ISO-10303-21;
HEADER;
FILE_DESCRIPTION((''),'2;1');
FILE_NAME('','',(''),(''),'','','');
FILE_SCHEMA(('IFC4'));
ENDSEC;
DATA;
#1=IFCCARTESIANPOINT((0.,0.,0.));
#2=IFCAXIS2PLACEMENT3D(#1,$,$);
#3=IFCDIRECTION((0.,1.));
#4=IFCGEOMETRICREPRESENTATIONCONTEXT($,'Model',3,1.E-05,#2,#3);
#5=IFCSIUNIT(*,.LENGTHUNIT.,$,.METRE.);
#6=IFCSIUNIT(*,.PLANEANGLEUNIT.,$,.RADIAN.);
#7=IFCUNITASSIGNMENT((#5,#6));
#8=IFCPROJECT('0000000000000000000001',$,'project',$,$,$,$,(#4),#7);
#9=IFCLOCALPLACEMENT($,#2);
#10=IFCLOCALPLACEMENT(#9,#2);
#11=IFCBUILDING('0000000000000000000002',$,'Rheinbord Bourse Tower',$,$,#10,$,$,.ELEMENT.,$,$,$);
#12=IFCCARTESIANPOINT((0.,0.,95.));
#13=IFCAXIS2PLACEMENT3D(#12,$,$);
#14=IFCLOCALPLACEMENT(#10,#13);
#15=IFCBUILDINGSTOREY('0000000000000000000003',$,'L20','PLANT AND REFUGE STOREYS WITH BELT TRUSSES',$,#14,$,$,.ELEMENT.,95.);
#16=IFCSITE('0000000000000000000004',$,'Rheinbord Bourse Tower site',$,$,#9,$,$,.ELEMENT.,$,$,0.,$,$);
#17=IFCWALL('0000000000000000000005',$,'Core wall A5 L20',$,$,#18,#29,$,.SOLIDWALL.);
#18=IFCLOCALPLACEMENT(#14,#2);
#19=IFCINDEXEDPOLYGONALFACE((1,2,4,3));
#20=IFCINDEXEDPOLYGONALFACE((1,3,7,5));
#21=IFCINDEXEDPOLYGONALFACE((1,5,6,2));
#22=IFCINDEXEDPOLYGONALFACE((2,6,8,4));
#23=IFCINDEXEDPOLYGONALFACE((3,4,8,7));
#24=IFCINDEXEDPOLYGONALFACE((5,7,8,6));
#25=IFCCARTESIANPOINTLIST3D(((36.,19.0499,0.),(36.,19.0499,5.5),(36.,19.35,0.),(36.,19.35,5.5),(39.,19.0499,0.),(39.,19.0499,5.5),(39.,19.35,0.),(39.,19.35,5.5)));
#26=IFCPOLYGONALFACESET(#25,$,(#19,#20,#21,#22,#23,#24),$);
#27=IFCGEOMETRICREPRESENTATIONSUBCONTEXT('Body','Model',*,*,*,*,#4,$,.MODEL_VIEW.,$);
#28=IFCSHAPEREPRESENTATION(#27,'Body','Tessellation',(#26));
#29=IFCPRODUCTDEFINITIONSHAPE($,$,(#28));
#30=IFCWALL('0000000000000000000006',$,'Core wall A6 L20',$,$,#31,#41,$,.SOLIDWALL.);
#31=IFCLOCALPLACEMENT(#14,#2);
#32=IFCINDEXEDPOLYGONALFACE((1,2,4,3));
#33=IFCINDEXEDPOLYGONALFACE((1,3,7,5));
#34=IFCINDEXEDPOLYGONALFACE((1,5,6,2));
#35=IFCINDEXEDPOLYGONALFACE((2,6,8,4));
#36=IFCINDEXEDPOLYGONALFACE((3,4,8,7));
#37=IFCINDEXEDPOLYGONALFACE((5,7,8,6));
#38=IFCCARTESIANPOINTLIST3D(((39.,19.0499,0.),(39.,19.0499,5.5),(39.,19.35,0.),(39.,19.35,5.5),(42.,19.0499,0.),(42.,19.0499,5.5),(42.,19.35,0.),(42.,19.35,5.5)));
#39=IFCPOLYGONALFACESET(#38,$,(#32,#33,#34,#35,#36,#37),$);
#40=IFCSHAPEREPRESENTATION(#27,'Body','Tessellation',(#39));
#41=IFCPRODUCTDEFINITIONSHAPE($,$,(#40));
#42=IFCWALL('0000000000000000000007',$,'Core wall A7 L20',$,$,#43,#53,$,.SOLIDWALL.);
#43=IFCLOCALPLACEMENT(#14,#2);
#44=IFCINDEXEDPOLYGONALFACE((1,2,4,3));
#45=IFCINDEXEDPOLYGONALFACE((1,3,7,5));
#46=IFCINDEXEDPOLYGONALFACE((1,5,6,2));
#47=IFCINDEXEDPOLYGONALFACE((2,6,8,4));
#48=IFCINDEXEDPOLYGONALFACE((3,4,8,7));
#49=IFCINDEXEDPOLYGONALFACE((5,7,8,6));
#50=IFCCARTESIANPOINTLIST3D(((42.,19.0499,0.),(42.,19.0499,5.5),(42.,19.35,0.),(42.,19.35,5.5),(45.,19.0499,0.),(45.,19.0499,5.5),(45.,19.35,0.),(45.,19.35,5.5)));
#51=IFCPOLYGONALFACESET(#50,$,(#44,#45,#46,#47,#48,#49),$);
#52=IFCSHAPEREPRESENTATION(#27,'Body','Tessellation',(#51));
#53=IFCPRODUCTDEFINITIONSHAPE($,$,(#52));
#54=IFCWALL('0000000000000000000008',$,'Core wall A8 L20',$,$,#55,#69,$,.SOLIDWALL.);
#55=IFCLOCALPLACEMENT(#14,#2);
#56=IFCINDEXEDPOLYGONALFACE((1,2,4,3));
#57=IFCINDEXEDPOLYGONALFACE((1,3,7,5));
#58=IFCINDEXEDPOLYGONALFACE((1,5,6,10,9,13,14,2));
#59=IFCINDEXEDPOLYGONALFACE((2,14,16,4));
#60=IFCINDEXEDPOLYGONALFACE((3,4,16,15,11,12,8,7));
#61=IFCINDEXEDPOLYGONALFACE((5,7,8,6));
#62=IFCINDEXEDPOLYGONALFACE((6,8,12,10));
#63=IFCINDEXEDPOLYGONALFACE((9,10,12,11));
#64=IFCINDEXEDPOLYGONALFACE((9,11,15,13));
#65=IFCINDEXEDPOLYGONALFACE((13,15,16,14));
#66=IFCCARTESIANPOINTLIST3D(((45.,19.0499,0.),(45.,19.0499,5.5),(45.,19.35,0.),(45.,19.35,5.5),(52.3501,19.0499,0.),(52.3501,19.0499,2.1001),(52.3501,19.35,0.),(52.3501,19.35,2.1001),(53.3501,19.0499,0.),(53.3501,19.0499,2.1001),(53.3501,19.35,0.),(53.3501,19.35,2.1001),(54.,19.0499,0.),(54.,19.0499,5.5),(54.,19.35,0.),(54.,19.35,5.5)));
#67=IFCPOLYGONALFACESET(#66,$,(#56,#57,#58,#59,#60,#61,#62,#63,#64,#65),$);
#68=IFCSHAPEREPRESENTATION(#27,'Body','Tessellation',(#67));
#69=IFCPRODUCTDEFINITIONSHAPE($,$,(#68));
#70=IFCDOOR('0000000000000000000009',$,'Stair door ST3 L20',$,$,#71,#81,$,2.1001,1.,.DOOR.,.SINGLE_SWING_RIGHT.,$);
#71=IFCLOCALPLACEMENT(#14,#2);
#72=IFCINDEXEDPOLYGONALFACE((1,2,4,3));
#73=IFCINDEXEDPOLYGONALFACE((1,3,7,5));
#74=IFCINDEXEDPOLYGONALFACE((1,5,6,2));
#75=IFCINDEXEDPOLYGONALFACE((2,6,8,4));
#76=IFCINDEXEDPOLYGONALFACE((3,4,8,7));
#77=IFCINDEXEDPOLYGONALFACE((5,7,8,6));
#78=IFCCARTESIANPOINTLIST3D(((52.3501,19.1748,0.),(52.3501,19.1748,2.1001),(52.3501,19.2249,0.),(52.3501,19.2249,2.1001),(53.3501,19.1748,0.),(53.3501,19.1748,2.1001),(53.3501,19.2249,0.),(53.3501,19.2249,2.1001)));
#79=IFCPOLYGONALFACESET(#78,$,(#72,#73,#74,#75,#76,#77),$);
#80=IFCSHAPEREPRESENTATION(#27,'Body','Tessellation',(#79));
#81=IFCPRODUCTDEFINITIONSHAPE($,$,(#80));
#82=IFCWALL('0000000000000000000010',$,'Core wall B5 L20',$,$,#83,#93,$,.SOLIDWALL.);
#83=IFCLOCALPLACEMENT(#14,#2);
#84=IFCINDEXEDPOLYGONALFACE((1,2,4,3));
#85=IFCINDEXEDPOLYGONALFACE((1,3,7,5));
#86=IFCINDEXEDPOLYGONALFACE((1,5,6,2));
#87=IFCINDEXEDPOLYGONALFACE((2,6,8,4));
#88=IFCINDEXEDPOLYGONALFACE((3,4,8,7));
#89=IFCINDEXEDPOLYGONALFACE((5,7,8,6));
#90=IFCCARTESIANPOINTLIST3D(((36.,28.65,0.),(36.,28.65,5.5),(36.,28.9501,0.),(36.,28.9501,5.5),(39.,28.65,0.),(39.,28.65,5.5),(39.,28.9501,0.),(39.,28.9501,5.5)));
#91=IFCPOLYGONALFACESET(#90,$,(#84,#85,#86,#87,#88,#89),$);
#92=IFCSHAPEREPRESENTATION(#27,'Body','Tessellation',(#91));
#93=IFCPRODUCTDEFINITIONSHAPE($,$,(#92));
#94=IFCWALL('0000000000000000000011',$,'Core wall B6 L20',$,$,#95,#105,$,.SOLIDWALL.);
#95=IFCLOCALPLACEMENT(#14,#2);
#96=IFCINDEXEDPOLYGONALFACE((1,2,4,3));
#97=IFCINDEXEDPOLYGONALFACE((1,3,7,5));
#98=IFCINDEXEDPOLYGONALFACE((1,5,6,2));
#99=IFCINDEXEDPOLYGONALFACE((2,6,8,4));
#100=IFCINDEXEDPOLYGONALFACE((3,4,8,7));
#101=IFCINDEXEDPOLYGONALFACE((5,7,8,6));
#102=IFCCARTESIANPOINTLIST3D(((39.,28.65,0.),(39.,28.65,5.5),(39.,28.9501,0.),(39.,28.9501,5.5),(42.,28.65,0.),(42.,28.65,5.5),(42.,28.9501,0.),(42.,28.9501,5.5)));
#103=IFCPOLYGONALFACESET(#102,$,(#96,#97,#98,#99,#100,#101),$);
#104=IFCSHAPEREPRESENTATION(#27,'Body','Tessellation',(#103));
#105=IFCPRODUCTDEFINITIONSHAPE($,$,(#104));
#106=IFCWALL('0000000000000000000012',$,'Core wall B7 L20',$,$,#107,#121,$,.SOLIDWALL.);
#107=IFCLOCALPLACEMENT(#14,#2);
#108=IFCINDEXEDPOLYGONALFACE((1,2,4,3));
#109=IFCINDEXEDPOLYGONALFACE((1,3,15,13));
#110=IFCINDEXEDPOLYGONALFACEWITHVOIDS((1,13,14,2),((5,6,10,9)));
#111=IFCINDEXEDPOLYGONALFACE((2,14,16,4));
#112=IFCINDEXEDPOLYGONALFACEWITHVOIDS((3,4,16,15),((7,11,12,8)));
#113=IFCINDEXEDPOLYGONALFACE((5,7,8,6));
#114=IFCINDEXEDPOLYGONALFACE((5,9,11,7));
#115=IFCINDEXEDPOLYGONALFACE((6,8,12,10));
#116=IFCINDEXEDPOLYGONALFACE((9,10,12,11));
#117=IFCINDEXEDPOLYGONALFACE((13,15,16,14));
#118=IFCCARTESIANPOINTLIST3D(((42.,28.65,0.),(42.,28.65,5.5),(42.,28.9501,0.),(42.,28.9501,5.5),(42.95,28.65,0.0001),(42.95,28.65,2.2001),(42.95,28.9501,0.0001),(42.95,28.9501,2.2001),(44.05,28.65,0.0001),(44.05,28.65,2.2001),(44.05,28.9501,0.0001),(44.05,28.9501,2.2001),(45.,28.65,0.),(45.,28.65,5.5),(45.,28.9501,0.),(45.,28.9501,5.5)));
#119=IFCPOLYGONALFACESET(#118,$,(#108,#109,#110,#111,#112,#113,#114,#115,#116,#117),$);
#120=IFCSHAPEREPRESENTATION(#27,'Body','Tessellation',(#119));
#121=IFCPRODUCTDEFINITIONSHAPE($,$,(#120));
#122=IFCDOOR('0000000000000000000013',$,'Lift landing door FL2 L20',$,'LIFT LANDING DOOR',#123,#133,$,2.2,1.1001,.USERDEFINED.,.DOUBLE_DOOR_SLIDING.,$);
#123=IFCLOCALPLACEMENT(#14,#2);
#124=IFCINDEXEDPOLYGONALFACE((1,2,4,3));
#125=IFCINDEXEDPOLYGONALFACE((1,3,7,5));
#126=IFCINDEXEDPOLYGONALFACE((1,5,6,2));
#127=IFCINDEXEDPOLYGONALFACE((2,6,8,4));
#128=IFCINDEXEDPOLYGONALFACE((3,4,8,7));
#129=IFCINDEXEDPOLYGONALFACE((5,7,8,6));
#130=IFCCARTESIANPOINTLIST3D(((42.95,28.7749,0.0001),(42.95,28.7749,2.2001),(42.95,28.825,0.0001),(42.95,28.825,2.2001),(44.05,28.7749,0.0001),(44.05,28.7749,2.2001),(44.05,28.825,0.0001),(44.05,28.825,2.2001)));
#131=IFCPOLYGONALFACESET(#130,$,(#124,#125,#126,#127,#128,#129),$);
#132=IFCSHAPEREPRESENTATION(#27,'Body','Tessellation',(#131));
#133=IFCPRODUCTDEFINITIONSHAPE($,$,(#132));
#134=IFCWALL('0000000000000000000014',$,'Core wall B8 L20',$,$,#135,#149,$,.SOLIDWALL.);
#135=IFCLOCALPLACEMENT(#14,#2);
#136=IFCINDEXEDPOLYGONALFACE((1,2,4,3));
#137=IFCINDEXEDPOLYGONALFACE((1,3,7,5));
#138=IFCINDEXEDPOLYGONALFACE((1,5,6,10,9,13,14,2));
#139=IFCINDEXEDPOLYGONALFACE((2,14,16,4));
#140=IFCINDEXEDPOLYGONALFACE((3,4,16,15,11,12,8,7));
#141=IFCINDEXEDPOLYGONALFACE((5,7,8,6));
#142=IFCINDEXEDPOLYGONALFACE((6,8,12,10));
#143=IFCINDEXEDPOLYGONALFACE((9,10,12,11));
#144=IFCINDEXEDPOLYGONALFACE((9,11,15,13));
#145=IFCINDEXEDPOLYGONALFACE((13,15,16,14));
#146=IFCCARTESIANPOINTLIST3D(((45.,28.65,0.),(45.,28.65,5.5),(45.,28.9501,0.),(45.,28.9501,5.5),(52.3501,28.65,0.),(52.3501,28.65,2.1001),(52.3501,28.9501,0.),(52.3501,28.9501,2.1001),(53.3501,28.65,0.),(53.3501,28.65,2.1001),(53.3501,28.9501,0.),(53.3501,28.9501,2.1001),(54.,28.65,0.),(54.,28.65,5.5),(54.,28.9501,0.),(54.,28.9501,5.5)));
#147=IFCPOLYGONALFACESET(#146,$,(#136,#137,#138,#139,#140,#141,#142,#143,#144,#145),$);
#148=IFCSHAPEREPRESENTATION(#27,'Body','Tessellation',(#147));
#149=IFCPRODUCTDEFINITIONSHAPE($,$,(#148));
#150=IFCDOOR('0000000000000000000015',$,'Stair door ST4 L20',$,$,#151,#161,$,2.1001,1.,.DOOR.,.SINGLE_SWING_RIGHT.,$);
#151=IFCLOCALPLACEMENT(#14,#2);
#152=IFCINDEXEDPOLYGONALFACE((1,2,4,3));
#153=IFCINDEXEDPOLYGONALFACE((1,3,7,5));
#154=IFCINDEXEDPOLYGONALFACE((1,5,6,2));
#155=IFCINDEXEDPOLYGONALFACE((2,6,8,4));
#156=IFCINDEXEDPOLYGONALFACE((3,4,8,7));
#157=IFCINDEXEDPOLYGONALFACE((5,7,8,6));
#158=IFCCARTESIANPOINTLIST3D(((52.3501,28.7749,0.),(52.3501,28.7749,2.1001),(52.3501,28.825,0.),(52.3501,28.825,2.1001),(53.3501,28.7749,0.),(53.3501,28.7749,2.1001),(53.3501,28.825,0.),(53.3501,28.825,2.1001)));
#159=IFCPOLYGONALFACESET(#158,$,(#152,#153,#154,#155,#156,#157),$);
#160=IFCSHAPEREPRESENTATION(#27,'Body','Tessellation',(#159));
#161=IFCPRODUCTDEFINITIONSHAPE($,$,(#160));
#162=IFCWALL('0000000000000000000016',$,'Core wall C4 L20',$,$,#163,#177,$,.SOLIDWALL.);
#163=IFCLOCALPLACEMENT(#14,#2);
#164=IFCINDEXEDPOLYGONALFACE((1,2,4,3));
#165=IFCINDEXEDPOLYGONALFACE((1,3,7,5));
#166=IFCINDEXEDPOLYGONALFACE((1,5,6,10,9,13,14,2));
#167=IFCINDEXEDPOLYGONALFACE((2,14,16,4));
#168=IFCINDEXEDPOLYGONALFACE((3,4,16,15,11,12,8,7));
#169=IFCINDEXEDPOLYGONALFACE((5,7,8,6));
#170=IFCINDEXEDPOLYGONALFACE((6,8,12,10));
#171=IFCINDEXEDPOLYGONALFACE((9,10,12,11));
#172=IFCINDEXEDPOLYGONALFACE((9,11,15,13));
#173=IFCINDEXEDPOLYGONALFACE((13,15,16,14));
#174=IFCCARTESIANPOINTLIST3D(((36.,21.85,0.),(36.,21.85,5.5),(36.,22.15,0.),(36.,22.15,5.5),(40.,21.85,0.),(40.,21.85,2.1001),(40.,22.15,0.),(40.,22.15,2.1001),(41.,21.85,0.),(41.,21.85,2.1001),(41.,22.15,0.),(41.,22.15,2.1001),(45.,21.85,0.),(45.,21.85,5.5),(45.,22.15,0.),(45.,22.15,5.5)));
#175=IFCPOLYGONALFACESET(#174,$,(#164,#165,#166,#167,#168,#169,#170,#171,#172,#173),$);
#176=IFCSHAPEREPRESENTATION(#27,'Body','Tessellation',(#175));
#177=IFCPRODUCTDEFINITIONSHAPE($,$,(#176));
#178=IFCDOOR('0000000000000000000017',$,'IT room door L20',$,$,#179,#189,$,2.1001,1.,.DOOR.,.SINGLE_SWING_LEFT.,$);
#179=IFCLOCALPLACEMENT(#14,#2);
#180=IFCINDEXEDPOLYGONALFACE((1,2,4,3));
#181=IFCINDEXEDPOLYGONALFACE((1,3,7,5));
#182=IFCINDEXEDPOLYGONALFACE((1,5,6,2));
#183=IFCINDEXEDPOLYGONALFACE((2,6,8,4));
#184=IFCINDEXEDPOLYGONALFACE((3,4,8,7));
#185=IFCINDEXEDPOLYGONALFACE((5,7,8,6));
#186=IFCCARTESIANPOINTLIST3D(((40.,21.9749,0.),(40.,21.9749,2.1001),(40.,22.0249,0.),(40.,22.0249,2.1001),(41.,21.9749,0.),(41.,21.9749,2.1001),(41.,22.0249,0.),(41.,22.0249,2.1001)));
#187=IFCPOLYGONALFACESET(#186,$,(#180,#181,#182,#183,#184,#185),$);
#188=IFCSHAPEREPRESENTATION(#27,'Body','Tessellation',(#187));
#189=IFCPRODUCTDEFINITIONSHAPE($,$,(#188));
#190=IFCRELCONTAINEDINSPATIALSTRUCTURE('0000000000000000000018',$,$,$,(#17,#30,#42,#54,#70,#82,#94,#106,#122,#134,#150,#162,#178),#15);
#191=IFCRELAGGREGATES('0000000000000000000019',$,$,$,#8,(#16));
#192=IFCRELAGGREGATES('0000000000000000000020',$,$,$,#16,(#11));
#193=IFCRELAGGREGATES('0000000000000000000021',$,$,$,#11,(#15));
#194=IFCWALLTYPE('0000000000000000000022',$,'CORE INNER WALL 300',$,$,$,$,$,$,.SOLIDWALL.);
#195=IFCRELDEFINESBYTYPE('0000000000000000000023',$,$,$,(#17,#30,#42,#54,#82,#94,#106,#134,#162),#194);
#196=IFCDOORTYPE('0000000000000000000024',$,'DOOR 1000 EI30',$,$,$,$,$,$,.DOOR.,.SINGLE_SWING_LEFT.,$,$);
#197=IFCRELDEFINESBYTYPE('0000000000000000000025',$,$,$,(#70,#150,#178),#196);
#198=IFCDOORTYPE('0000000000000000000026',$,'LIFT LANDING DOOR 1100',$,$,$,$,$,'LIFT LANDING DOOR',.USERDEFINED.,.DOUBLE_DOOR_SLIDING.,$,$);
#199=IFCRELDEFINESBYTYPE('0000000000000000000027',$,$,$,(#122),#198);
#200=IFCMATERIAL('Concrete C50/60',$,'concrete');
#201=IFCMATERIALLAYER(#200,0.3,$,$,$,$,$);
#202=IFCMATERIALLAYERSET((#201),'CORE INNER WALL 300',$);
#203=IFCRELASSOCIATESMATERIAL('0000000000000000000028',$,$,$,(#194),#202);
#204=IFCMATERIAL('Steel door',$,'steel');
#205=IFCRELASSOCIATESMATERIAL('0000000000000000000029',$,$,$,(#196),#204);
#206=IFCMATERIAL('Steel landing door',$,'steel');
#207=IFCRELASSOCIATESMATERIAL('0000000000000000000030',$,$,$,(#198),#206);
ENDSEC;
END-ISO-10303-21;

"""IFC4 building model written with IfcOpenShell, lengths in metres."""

from ifc_helpers import new_model, si_unit, direction, frame, frame_2d, origin, place, context, subcontext, project, spatial, rectangle, extrude, material, layer, layer_set, type_object, element, fill, save


model = new_model("IFC4")

# Units and contexts
model_context = context("Model", 3, precision=1e-05, world=origin(), true_north=direction((0.0, 1.0)))
body_context = subcontext(model_context, "Body", "Model", "MODEL_VIEW")
ifc_project = project(units=[si_unit("LENGTHUNIT", "METRE"), si_unit("PLANEANGLEUNIT", "RADIAN")], contexts=[model_context])

# Site, building, storey
site_placement = place(None, origin())
site = spatial("IfcSite", under=ifc_project, at=site_placement, Name="Rheinbord Bourse Tower site", CompositionType="ELEMENT", RefElevation=0.0)
building_placement = place(site_placement, origin())
building = spatial("IfcBuilding", under=site, at=building_placement, Name="Rheinbord Bourse Tower", CompositionType="ELEMENT")
storey_placement = place(building_placement, frame((0.0, 0.0, 95.0)))
storey = spatial("IfcBuildingStorey", under=building, at=storey_placement, Name="L20", Description="PLANT AND REFUGE STOREYS WITH BELT TRUSSES", CompositionType="ELEMENT", Elevation=95.0)

# Walls
ifc_material_1 = material(Name="Concrete C50/60", Category="concrete")
ifc_layer_1 = layer(ifc_material_1, 0.3)
ifc_layer_set_1 = layer_set([ifc_layer_1], Name="CORE INNER WALL 300")
wall_type_1 = type_object("IfcWallType", Name="CORE INNER WALL 300", PredefinedType="SOLIDWALL", material=ifc_layer_set_1)
for number, where, z_axis, x_axis, name in (
    (1, (36.0, 19.2, 0.0), (0.0, 0.0, 1.0), (1.0, 0.0, 0.0), "Core wall A5 L20"),
    (2, (39.0, 19.2, 0.0), (0.0, 0.0, 1.0), (1.0, 0.0, 0.0), "Core wall A6 L20"),
    (3, (42.0, 19.2, 0.0), (0.0, 0.0, 1.0), (1.0, 0.0, 0.0), "Core wall A7 L20"),
):
    element("IfcWall", number, at=place(storey_placement, frame(where, z_axis=z_axis, x_axis=x_axis)), inside=storey, type_object=wall_type_1, Name=name, PredefinedType="SOLIDWALL", context=body_context, shape_type="SweptSolid", body=[
        extrude(rectangle(XDim=3.0, YDim=0.3, at=frame_2d((1.5, 0.0))), origin(), (0.0, 0.0, 1.0), 5.5),
    ])

# Wall, opening, door
wall_1_placement = place(storey_placement, frame((45.0, 19.2, 0.0), z_axis=(0.0, 0.0, 1.0), x_axis=(1.0, 0.0, 0.0)))
wall_1 = element("IfcWall", 4, at=wall_1_placement, inside=storey, type_object=wall_type_1, Name="Core wall A8 L20", PredefinedType="SOLIDWALL", context=body_context, shape_type="SweptSolid", body=[
    extrude(rectangle(XDim=9.0, YDim=0.3, at=frame_2d((4.5, 0.0))), origin(), (0.0, 0.0, 1.0), 5.5),
])
opening_1_placement = place(wall_1_placement, frame((7.3501, 0.0, 0.0)))
opening_1 = element("IfcOpeningElement", 5, at=opening_1_placement, cuts=wall_1, PredefinedType="OPENING", context=body_context, shape_type="SweptSolid", body=[
    extrude(rectangle(XDim=1.0, YDim=2.1001, at=frame_2d((0.5, 1.05))), frame((0.0, 0.1599, 0.0), z_axis=(0.0, -1.0, 0.0), x_axis=(1.0, 0.0, 0.0)), (0.0, 0.0, 1.0), 0.3201),
])
ifc_material_2 = material(Name="Steel door", Category="steel")
door_type_1 = type_object("IfcDoorType", Name="DOOR 1000 EI30", OperationType="SINGLE_SWING_LEFT", PredefinedType="DOOR", material=ifc_material_2)
door_1_placement = place(opening_1_placement, origin())
door_1 = element("IfcDoor", 6, at=door_1_placement, inside=storey, type_object=door_type_1, Name="Stair door ST3 L20", OperationType="SINGLE_SWING_RIGHT", OverallHeight=2.1001, OverallWidth=1.0, PredefinedType="DOOR", context=body_context, shape_type="SweptSolid", body=[
    extrude(rectangle(XDim=1.0, YDim=2.1001, at=frame_2d((0.5, 1.05))), frame((0.0, 0.0249, 0.0), z_axis=(0.0, -1.0, 0.0), x_axis=(1.0, 0.0, 0.0)), (0.0, 0.0, 1.0), 0.05),
])
fill(opening_1, door_1)

# Walls
for number, where, z_axis, x_axis, name in (
    (7, (36.0, 28.8, 0.0), (0.0, 0.0, 1.0), (1.0, 0.0, 0.0), "Core wall B5 L20"),
    (8, (39.0, 28.8, 0.0), (0.0, 0.0, 1.0), (1.0, 0.0, 0.0), "Core wall B6 L20"),
):
    element("IfcWall", number, at=place(storey_placement, frame(where, z_axis=z_axis, x_axis=x_axis)), inside=storey, type_object=wall_type_1, Name=name, PredefinedType="SOLIDWALL", context=body_context, shape_type="SweptSolid", body=[
        extrude(rectangle(XDim=3.0, YDim=0.3, at=frame_2d((1.5, 0.0))), origin(), (0.0, 0.0, 1.0), 5.5),
    ])

# Walls, openings, doors
wall_2_placement = place(storey_placement, frame((42.0, 28.8, 0.0), z_axis=(0.0, 0.0, 1.0), x_axis=(1.0, 0.0, 0.0)))
wall_2 = element("IfcWall", 9, at=wall_2_placement, inside=storey, type_object=wall_type_1, Name="Core wall B7 L20", PredefinedType="SOLIDWALL", context=body_context, shape_type="SweptSolid", body=[
    extrude(rectangle(XDim=3.0, YDim=0.3, at=frame_2d((1.5, 0.0))), origin(), (0.0, 0.0, 1.0), 5.5),
])
opening_2_placement = place(wall_2_placement, frame((0.95, 0.0, 0.0)))
opening_2 = element("IfcOpeningElement", 10, at=opening_2_placement, cuts=wall_2, PredefinedType="OPENING", context=body_context, shape_type="SweptSolid", body=[
    extrude(rectangle(XDim=1.1001, YDim=2.2, at=frame_2d((0.55, 1.1001))), frame((0.0, 0.1599, 0.0), z_axis=(0.0, -1.0, 0.0), x_axis=(1.0, 0.0, 0.0)), (0.0, 0.0, 1.0), 0.3201),
])
ifc_material_3 = material(Name="Steel landing door", Category="steel")
door_type_2 = type_object("IfcDoorType", Name="LIFT LANDING DOOR 1100", ElementType="LIFT LANDING DOOR", OperationType="DOUBLE_DOOR_SLIDING", PredefinedType="USERDEFINED", material=ifc_material_3)
door_2_placement = place(opening_2_placement, origin())
door_2 = element("IfcDoor", 11, at=door_2_placement, inside=storey, type_object=door_type_2, Name="Lift landing door FL2 L20", ObjectType="LIFT LANDING DOOR", OperationType="DOUBLE_DOOR_SLIDING", OverallHeight=2.2, OverallWidth=1.1001, PredefinedType="USERDEFINED", context=body_context, shape_type="SweptSolid", body=[
    extrude(rectangle(XDim=1.1001, YDim=2.2, at=frame_2d((0.55, 1.1001))), frame((0.0, 0.0249, 0.0), z_axis=(0.0, -1.0, 0.0), x_axis=(1.0, 0.0, 0.0)), (0.0, 0.0, 1.0), 0.05),
])
fill(opening_2, door_2)
wall_3_placement = place(storey_placement, frame((45.0, 28.8, 0.0), z_axis=(0.0, 0.0, 1.0), x_axis=(1.0, 0.0, 0.0)))
wall_3 = element("IfcWall", 12, at=wall_3_placement, inside=storey, type_object=wall_type_1, Name="Core wall B8 L20", PredefinedType="SOLIDWALL", context=body_context, shape_type="SweptSolid", body=[
    extrude(rectangle(XDim=9.0, YDim=0.3, at=frame_2d((4.5, 0.0))), origin(), (0.0, 0.0, 1.0), 5.5),
])
opening_3_placement = place(wall_3_placement, frame((7.3501, 0.0, 0.0)))
opening_3 = element("IfcOpeningElement", 13, at=opening_3_placement, cuts=wall_3, PredefinedType="OPENING", context=body_context, shape_type="SweptSolid", body=[
    extrude(rectangle(XDim=1.0, YDim=2.1001, at=frame_2d((0.5, 1.05))), frame((0.0, 0.1599, 0.0), z_axis=(0.0, -1.0, 0.0), x_axis=(1.0, 0.0, 0.0)), (0.0, 0.0, 1.0), 0.3201),
])
door_3_placement = place(opening_3_placement, origin())
door_3 = element("IfcDoor", 14, at=door_3_placement, inside=storey, type_object=door_type_1, Name="Stair door ST4 L20", OperationType="SINGLE_SWING_RIGHT", OverallHeight=2.1001, OverallWidth=1.0, PredefinedType="DOOR", context=body_context, shape_type="SweptSolid", body=[
    extrude(rectangle(XDim=1.0, YDim=2.1001, at=frame_2d((0.5, 1.05))), frame((0.0, 0.0249, 0.0), z_axis=(0.0, -1.0, 0.0), x_axis=(1.0, 0.0, 0.0)), (0.0, 0.0, 1.0), 0.05),
])
fill(opening_3, door_3)
wall_4_placement = place(storey_placement, frame((36.0, 22.0, 0.0), z_axis=(0.0, 0.0, 1.0), x_axis=(1.0, 0.0, 0.0)))
wall_4 = element("IfcWall", 15, at=wall_4_placement, inside=storey, type_object=wall_type_1, Name="Core wall C4 L20", PredefinedType="SOLIDWALL", context=body_context, shape_type="SweptSolid", body=[
    extrude(rectangle(XDim=9.0, YDim=0.3, at=frame_2d((4.5, 0.0))), origin(), (0.0, 0.0, 1.0), 5.5),
])
opening_4_placement = place(wall_4_placement, frame((4.0, 0.0, 0.0)))
opening_4 = element("IfcOpeningElement", 16, at=opening_4_placement, cuts=wall_4, PredefinedType="OPENING", context=body_context, shape_type="SweptSolid", body=[
    extrude(rectangle(XDim=1.0, YDim=2.1001, at=frame_2d((0.5, 1.05))), frame((0.0, 0.1599, 0.0), z_axis=(0.0, -1.0, 0.0), x_axis=(1.0, 0.0, 0.0)), (0.0, 0.0, 1.0), 0.3201),
])
door_4_placement = place(opening_4_placement, origin())
door_4 = element("IfcDoor", 17, at=door_4_placement, inside=storey, type_object=door_type_1, Name="IT room door L20", OperationType="SINGLE_SWING_LEFT", OverallHeight=2.1001, OverallWidth=1.0, PredefinedType="DOOR", context=body_context, shape_type="SweptSolid", body=[
    extrude(rectangle(XDim=1.0, YDim=2.1001, at=frame_2d((0.5, 1.05))), frame((0.0, 0.0249, 0.0), z_axis=(0.0, -1.0, 0.0), x_axis=(1.0, 0.0, 0.0)), (0.0, 0.0, 1.0), 0.05),
])
fill(opening_4, door_4)

save(model, "model.ifc")
